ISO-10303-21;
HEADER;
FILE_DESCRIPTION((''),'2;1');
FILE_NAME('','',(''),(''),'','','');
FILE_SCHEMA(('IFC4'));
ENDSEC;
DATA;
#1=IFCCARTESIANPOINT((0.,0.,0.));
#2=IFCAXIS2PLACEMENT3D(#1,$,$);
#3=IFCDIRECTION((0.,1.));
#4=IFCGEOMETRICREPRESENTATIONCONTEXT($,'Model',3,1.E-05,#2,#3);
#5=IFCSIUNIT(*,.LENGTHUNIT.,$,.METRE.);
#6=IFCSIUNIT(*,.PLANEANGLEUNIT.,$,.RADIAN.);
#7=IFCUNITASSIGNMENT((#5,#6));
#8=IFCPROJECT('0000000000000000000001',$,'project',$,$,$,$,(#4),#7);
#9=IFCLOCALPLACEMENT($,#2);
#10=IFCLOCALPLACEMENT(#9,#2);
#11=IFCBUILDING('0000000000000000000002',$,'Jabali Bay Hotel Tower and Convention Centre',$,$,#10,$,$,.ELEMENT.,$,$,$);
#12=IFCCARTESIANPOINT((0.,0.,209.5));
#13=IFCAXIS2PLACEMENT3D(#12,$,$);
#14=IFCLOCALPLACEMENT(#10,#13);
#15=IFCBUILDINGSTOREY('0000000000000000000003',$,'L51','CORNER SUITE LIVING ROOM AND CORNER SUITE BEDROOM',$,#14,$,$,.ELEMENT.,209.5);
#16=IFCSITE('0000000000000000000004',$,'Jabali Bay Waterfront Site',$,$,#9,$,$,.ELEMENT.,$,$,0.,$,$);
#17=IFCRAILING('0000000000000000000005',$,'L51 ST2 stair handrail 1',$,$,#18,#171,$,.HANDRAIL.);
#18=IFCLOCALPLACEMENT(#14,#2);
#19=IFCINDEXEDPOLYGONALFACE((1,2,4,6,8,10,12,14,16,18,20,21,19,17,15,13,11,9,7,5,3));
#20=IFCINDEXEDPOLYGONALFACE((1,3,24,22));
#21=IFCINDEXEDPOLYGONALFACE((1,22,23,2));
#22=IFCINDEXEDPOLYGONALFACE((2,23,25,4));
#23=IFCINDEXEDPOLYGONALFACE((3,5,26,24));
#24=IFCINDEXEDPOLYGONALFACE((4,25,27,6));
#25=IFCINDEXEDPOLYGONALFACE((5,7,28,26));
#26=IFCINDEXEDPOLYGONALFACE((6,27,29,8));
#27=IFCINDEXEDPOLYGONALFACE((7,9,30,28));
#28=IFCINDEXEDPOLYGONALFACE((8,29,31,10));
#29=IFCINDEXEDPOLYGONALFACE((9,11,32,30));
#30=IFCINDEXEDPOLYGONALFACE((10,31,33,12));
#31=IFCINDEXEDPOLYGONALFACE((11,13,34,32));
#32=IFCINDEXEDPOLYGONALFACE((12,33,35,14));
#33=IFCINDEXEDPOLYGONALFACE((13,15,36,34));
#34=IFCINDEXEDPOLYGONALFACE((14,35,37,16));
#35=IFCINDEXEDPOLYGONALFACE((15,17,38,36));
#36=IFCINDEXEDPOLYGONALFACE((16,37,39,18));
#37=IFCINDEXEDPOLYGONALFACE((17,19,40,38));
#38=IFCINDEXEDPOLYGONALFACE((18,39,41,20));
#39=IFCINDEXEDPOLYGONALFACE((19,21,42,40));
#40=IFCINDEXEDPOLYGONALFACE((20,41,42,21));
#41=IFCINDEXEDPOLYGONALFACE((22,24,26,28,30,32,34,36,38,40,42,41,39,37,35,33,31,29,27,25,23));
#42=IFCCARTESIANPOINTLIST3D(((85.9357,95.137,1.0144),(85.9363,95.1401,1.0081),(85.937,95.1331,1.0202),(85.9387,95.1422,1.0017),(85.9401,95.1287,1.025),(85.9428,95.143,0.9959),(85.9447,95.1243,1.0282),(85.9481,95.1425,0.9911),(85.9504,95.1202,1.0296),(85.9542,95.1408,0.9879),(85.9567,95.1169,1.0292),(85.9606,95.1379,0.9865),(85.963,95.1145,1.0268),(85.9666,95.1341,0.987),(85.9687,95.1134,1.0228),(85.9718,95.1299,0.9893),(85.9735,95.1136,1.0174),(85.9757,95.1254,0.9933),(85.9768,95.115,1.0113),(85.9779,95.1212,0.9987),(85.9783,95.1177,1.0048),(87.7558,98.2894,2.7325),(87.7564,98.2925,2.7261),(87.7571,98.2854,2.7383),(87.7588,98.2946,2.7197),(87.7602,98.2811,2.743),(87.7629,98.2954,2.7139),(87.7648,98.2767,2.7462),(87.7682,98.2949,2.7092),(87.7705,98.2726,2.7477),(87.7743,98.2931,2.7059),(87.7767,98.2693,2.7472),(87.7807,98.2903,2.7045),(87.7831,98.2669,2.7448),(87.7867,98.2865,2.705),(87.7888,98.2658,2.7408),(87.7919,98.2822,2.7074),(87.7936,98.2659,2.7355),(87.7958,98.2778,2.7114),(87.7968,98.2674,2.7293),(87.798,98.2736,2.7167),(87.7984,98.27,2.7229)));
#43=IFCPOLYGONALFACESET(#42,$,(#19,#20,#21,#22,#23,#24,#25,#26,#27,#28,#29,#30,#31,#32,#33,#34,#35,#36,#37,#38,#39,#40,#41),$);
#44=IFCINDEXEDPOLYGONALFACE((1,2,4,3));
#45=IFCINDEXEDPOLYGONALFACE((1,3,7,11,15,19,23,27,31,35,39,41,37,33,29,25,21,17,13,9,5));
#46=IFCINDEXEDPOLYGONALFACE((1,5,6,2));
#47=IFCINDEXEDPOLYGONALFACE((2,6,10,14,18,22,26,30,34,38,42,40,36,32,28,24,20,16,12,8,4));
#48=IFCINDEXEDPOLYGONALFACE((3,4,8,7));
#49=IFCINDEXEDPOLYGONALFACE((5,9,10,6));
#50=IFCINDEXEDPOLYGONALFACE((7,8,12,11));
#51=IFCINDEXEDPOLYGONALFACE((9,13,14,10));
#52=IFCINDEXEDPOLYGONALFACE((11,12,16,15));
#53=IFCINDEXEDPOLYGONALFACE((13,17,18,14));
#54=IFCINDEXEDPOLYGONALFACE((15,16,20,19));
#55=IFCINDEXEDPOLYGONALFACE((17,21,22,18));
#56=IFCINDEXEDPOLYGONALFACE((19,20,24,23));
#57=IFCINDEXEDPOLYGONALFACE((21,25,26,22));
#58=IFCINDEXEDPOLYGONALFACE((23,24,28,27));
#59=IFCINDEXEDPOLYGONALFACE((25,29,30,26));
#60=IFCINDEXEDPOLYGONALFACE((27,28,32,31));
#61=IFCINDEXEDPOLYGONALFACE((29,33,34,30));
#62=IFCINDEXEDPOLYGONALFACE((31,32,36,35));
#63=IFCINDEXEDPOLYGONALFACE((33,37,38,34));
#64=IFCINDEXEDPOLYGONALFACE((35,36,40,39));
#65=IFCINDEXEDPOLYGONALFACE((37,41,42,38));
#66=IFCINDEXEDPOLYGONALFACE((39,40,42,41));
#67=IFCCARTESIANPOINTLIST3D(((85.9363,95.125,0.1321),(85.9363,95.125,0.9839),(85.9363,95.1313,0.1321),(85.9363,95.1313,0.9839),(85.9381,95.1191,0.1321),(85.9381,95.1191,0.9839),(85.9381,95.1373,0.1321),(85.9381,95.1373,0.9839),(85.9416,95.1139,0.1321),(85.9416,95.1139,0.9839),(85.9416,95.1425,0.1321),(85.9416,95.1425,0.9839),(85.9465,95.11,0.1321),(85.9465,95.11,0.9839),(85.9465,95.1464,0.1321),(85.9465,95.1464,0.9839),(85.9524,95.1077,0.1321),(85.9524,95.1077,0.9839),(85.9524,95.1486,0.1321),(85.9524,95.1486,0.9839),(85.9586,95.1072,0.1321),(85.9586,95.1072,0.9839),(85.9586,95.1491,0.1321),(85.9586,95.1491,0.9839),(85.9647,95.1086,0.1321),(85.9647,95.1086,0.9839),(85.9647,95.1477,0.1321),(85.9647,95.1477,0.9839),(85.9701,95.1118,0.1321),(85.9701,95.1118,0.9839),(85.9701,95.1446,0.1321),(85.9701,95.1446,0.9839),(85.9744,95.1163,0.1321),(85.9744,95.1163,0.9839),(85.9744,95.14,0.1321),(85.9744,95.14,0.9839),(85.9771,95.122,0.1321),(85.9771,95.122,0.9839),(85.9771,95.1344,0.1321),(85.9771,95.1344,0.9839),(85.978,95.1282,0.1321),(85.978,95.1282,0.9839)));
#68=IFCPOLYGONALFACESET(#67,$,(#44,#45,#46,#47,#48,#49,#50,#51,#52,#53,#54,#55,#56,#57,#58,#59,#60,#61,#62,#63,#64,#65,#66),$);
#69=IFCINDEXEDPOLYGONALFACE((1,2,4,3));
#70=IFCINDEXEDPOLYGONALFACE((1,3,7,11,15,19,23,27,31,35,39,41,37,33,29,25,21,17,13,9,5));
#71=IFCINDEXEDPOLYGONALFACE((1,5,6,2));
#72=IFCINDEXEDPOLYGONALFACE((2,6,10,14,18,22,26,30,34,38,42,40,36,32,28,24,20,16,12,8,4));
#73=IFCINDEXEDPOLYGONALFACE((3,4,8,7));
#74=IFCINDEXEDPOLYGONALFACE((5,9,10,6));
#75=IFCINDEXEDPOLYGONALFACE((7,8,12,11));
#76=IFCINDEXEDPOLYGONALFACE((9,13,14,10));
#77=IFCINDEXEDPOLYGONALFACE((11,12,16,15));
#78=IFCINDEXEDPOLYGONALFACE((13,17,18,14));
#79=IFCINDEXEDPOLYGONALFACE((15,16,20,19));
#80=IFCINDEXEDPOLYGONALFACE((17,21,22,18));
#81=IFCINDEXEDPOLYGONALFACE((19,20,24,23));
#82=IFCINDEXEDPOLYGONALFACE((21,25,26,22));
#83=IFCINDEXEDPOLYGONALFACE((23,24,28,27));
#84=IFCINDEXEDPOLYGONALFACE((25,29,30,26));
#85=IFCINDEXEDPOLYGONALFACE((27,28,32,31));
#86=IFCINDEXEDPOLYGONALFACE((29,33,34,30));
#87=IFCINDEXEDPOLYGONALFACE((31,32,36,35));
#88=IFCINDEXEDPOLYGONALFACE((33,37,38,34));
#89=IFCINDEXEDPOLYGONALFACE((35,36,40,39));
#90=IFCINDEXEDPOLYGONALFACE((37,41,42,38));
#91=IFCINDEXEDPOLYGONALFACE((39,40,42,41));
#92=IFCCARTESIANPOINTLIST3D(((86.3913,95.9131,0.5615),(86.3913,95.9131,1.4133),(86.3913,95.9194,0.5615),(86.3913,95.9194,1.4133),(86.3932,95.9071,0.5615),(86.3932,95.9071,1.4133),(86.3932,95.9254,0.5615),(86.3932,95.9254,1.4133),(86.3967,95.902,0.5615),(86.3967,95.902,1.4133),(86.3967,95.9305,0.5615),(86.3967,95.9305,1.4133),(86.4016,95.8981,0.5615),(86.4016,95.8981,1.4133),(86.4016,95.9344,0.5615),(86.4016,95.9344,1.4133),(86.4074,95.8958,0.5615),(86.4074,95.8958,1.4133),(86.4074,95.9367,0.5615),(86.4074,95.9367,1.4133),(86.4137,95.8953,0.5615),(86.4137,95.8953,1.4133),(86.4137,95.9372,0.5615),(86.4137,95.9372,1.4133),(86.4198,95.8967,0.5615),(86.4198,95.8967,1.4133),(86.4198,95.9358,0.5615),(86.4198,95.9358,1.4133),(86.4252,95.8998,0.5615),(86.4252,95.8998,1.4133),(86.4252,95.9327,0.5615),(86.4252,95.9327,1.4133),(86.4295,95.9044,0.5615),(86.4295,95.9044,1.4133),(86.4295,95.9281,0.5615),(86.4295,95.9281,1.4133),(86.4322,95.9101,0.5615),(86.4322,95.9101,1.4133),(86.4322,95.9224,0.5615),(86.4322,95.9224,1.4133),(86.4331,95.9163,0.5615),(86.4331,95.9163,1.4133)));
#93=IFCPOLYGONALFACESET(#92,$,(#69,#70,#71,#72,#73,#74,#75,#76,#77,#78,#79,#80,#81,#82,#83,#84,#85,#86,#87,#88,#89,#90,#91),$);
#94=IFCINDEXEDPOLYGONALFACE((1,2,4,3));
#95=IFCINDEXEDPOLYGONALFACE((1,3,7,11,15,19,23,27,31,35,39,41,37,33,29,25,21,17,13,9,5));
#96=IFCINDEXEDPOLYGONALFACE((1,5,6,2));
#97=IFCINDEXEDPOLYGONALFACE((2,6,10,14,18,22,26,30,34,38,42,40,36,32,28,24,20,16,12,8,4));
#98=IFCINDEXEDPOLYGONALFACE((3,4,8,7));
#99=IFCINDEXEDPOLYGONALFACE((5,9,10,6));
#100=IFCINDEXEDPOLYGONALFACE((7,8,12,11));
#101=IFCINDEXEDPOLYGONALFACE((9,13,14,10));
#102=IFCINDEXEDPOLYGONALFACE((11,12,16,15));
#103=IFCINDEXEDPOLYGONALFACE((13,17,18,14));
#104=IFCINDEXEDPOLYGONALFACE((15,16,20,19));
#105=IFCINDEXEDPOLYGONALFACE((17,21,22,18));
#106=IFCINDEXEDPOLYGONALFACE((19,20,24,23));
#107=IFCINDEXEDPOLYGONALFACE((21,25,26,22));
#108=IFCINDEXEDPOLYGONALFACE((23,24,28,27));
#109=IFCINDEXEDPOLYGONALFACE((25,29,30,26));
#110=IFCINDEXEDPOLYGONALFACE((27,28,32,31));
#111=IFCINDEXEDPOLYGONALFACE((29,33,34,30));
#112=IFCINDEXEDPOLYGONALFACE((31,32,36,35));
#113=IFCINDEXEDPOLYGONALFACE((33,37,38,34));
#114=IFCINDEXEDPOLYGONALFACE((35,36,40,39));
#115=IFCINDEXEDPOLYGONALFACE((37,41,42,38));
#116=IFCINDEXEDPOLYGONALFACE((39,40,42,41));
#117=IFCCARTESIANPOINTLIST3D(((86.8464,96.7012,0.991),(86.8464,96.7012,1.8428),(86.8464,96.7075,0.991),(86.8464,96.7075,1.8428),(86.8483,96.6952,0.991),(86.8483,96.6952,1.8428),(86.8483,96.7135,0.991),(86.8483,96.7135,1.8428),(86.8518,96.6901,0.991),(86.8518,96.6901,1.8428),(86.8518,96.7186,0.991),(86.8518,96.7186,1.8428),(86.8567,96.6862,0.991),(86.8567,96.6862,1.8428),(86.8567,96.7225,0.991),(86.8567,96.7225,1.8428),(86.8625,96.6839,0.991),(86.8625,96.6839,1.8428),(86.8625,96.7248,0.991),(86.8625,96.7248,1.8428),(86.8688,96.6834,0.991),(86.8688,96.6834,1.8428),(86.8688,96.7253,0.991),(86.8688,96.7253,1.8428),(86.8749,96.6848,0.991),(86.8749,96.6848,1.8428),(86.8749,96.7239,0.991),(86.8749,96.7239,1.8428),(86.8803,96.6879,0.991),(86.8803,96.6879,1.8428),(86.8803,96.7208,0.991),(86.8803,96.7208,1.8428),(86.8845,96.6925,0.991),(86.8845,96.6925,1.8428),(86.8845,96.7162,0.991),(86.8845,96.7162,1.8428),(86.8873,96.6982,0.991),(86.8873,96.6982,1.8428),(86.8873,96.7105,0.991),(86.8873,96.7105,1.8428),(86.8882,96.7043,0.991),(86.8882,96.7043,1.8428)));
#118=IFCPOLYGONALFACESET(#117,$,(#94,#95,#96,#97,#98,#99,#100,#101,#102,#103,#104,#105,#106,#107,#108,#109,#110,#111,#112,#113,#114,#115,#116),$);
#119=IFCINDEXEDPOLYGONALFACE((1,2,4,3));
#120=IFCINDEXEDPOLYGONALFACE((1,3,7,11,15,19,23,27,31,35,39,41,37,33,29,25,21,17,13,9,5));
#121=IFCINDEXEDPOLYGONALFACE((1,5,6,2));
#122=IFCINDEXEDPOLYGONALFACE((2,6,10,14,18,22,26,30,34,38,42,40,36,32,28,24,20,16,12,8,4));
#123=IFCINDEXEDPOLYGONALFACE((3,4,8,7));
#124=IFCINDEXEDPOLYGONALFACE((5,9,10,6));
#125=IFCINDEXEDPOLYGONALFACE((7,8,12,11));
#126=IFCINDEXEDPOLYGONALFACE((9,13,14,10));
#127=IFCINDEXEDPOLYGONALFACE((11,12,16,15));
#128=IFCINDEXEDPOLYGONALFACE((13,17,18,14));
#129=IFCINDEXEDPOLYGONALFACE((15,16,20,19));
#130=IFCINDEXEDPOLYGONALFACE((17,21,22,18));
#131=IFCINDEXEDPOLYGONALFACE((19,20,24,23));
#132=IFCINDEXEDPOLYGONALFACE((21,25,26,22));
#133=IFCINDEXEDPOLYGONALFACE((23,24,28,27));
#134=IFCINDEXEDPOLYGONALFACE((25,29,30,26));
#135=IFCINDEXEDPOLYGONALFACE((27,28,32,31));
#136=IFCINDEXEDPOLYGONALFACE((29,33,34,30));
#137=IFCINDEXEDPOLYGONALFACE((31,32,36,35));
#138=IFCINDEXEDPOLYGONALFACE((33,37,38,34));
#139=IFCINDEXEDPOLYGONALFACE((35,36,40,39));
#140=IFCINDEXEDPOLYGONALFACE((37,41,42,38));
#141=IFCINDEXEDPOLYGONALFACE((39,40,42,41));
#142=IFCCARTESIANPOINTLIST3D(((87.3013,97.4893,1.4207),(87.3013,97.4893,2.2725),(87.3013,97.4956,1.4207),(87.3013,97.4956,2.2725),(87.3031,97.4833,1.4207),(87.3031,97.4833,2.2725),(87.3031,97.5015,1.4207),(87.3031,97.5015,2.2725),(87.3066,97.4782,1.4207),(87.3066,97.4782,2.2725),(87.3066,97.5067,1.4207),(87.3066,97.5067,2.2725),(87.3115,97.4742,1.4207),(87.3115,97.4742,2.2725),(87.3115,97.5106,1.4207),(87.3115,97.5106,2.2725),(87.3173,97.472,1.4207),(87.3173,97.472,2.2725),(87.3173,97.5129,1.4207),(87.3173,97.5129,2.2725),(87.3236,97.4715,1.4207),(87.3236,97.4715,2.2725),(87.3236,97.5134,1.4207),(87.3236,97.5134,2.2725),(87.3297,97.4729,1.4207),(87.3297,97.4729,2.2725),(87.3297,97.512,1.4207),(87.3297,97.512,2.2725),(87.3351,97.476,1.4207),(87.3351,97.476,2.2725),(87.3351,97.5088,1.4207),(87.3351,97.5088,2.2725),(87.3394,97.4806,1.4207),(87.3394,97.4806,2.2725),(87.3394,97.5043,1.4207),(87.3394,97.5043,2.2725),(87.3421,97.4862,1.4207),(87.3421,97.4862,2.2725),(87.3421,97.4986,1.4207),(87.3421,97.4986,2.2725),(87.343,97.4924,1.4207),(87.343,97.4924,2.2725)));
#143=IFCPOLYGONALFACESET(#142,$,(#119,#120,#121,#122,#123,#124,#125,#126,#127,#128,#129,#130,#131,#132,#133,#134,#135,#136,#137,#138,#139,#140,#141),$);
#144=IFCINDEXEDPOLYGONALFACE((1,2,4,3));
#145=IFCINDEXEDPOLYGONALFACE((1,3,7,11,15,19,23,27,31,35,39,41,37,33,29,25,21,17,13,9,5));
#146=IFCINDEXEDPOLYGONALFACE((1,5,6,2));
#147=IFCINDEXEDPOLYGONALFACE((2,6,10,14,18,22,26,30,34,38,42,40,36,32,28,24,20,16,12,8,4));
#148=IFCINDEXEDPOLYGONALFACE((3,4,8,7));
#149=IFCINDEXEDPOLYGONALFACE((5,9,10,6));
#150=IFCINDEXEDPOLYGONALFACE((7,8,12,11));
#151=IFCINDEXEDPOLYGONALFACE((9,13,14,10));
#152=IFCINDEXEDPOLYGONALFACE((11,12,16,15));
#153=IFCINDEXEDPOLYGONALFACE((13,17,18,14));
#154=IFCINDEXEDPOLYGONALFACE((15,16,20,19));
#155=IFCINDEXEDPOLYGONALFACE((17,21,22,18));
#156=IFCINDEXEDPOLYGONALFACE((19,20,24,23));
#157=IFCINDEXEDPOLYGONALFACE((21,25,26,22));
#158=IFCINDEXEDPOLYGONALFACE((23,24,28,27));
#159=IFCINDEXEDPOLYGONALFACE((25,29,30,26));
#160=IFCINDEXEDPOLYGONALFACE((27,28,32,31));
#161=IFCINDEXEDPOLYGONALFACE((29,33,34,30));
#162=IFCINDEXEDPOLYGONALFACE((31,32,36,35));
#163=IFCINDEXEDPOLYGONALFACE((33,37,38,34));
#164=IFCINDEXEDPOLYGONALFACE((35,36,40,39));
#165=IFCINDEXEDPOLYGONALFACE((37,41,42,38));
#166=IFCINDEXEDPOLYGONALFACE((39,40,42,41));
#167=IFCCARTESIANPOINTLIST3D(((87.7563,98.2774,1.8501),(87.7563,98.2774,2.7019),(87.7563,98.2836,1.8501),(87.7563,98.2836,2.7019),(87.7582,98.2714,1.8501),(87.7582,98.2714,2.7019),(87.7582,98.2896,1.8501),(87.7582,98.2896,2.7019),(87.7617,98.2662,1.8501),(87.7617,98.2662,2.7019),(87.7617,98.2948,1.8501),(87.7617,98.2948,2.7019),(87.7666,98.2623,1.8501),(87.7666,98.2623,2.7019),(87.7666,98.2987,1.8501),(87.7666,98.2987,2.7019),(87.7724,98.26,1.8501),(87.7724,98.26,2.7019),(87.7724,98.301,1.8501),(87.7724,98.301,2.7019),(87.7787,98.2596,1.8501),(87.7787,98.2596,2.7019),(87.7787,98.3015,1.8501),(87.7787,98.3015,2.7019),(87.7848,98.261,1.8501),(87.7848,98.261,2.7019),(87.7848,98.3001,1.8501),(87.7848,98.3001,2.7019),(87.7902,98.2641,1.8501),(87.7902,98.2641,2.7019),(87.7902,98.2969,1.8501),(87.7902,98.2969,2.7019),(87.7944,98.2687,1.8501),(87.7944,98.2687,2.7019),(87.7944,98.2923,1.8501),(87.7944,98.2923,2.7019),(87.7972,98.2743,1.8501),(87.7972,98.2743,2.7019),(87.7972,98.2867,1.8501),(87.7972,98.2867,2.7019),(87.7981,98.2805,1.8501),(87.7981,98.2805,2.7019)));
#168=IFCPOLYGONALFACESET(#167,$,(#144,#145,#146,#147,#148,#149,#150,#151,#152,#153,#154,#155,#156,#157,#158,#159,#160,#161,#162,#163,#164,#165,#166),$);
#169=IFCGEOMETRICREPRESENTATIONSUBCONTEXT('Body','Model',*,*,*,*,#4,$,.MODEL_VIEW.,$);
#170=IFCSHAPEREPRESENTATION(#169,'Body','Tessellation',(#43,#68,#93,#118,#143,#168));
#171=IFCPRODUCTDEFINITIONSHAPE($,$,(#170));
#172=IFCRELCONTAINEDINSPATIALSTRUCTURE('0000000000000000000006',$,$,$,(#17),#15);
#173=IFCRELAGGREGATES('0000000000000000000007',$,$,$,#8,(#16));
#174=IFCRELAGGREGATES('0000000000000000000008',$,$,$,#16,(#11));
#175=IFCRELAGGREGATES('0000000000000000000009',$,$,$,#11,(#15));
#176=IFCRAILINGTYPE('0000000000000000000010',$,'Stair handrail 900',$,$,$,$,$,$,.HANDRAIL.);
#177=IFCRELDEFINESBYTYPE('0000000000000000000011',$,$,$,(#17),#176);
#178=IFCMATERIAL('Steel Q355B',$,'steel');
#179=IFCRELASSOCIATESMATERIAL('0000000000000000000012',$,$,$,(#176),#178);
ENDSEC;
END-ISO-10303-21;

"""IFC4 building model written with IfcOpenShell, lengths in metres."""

from ifc_helpers import new_model, si_unit, direction, frame, origin, origin_2d, place, context, subcontext, project, spatial, circle, extrude, material, type_object, element, save


model = new_model("IFC4")

# Units and contexts
model_context = context("Model", 3, precision=1e-05, world=origin(), true_north=direction((0.0, 1.0)))
body_context = subcontext(model_context, "Body", "Model", "MODEL_VIEW")
ifc_project = project(units=[si_unit("LENGTHUNIT", "METRE"), si_unit("PLANEANGLEUNIT", "RADIAN")], contexts=[model_context])

# Site, building, storey
site_placement = place(None, origin())
site = spatial("IfcSite", under=ifc_project, at=site_placement, Name="Jabali Bay Waterfront Site", CompositionType="ELEMENT", RefElevation=0.0)
building_placement = place(site_placement, origin())
building = spatial("IfcBuilding", under=site, at=building_placement, Name="Jabali Bay Hotel Tower and Convention Centre", CompositionType="ELEMENT")
storey_placement = place(building_placement, frame((0.0, 0.0, 209.5)))
storey = spatial("IfcBuildingStorey", under=building, at=storey_placement, Name="L51", Description="CORNER SUITE LIVING ROOM AND CORNER SUITE BEDROOM", CompositionType="ELEMENT", Elevation=209.5)

# Railing
ifc_material_1 = material(Name="Steel Q355B", Category="steel")
railing_type_1 = type_object("IfcRailingType", Name="Stair handrail 900", PredefinedType="HANDRAIL", material=ifc_material_1)
railing_1_placement = place(storey_placement, frame((85.957, 95.1282, 0.1321)))
element("IfcRailing", 1, at=railing_1_placement, inside=storey, type_object=railing_type_1, Name="L51 ST2 stair handrail 1", PredefinedType="HANDRAIL", context=body_context, shape_type="SweptSolid", body=[
    extrude(circle(Radius=0.0239, at=origin_2d()), frame((0.0, 0.0, 0.876), z_axis=(0.452179, 0.78317, 0.426825), x_axis=(-0.866018, 0.500013, 0.0)), (0.0, 0.0, 1.0), 4.0251),
    extrude(circle(Radius=0.021, at=origin_2d()), origin(), (0.0, 0.0, 1.0), 0.8518),
    extrude(circle(Radius=0.021, at=origin_2d()), frame((0.4551, 0.7881, 0.4294)), (0.0, 0.0, 1.0), 0.8518),
    extrude(circle(Radius=0.021, at=origin_2d()), frame((0.9102, 1.5762, 0.8589)), (0.0, 0.0, 1.0), 0.8518),
    extrude(circle(Radius=0.021, at=origin_2d()), frame((1.365, 2.3643, 1.2886)), (0.0, 0.0, 1.0), 0.8518),
    extrude(circle(Radius=0.021, at=origin_2d()), frame((1.8201, 3.1523, 1.718)), (0.0, 0.0, 1.0), 0.8518),
])

save(model, "model.ifc")
